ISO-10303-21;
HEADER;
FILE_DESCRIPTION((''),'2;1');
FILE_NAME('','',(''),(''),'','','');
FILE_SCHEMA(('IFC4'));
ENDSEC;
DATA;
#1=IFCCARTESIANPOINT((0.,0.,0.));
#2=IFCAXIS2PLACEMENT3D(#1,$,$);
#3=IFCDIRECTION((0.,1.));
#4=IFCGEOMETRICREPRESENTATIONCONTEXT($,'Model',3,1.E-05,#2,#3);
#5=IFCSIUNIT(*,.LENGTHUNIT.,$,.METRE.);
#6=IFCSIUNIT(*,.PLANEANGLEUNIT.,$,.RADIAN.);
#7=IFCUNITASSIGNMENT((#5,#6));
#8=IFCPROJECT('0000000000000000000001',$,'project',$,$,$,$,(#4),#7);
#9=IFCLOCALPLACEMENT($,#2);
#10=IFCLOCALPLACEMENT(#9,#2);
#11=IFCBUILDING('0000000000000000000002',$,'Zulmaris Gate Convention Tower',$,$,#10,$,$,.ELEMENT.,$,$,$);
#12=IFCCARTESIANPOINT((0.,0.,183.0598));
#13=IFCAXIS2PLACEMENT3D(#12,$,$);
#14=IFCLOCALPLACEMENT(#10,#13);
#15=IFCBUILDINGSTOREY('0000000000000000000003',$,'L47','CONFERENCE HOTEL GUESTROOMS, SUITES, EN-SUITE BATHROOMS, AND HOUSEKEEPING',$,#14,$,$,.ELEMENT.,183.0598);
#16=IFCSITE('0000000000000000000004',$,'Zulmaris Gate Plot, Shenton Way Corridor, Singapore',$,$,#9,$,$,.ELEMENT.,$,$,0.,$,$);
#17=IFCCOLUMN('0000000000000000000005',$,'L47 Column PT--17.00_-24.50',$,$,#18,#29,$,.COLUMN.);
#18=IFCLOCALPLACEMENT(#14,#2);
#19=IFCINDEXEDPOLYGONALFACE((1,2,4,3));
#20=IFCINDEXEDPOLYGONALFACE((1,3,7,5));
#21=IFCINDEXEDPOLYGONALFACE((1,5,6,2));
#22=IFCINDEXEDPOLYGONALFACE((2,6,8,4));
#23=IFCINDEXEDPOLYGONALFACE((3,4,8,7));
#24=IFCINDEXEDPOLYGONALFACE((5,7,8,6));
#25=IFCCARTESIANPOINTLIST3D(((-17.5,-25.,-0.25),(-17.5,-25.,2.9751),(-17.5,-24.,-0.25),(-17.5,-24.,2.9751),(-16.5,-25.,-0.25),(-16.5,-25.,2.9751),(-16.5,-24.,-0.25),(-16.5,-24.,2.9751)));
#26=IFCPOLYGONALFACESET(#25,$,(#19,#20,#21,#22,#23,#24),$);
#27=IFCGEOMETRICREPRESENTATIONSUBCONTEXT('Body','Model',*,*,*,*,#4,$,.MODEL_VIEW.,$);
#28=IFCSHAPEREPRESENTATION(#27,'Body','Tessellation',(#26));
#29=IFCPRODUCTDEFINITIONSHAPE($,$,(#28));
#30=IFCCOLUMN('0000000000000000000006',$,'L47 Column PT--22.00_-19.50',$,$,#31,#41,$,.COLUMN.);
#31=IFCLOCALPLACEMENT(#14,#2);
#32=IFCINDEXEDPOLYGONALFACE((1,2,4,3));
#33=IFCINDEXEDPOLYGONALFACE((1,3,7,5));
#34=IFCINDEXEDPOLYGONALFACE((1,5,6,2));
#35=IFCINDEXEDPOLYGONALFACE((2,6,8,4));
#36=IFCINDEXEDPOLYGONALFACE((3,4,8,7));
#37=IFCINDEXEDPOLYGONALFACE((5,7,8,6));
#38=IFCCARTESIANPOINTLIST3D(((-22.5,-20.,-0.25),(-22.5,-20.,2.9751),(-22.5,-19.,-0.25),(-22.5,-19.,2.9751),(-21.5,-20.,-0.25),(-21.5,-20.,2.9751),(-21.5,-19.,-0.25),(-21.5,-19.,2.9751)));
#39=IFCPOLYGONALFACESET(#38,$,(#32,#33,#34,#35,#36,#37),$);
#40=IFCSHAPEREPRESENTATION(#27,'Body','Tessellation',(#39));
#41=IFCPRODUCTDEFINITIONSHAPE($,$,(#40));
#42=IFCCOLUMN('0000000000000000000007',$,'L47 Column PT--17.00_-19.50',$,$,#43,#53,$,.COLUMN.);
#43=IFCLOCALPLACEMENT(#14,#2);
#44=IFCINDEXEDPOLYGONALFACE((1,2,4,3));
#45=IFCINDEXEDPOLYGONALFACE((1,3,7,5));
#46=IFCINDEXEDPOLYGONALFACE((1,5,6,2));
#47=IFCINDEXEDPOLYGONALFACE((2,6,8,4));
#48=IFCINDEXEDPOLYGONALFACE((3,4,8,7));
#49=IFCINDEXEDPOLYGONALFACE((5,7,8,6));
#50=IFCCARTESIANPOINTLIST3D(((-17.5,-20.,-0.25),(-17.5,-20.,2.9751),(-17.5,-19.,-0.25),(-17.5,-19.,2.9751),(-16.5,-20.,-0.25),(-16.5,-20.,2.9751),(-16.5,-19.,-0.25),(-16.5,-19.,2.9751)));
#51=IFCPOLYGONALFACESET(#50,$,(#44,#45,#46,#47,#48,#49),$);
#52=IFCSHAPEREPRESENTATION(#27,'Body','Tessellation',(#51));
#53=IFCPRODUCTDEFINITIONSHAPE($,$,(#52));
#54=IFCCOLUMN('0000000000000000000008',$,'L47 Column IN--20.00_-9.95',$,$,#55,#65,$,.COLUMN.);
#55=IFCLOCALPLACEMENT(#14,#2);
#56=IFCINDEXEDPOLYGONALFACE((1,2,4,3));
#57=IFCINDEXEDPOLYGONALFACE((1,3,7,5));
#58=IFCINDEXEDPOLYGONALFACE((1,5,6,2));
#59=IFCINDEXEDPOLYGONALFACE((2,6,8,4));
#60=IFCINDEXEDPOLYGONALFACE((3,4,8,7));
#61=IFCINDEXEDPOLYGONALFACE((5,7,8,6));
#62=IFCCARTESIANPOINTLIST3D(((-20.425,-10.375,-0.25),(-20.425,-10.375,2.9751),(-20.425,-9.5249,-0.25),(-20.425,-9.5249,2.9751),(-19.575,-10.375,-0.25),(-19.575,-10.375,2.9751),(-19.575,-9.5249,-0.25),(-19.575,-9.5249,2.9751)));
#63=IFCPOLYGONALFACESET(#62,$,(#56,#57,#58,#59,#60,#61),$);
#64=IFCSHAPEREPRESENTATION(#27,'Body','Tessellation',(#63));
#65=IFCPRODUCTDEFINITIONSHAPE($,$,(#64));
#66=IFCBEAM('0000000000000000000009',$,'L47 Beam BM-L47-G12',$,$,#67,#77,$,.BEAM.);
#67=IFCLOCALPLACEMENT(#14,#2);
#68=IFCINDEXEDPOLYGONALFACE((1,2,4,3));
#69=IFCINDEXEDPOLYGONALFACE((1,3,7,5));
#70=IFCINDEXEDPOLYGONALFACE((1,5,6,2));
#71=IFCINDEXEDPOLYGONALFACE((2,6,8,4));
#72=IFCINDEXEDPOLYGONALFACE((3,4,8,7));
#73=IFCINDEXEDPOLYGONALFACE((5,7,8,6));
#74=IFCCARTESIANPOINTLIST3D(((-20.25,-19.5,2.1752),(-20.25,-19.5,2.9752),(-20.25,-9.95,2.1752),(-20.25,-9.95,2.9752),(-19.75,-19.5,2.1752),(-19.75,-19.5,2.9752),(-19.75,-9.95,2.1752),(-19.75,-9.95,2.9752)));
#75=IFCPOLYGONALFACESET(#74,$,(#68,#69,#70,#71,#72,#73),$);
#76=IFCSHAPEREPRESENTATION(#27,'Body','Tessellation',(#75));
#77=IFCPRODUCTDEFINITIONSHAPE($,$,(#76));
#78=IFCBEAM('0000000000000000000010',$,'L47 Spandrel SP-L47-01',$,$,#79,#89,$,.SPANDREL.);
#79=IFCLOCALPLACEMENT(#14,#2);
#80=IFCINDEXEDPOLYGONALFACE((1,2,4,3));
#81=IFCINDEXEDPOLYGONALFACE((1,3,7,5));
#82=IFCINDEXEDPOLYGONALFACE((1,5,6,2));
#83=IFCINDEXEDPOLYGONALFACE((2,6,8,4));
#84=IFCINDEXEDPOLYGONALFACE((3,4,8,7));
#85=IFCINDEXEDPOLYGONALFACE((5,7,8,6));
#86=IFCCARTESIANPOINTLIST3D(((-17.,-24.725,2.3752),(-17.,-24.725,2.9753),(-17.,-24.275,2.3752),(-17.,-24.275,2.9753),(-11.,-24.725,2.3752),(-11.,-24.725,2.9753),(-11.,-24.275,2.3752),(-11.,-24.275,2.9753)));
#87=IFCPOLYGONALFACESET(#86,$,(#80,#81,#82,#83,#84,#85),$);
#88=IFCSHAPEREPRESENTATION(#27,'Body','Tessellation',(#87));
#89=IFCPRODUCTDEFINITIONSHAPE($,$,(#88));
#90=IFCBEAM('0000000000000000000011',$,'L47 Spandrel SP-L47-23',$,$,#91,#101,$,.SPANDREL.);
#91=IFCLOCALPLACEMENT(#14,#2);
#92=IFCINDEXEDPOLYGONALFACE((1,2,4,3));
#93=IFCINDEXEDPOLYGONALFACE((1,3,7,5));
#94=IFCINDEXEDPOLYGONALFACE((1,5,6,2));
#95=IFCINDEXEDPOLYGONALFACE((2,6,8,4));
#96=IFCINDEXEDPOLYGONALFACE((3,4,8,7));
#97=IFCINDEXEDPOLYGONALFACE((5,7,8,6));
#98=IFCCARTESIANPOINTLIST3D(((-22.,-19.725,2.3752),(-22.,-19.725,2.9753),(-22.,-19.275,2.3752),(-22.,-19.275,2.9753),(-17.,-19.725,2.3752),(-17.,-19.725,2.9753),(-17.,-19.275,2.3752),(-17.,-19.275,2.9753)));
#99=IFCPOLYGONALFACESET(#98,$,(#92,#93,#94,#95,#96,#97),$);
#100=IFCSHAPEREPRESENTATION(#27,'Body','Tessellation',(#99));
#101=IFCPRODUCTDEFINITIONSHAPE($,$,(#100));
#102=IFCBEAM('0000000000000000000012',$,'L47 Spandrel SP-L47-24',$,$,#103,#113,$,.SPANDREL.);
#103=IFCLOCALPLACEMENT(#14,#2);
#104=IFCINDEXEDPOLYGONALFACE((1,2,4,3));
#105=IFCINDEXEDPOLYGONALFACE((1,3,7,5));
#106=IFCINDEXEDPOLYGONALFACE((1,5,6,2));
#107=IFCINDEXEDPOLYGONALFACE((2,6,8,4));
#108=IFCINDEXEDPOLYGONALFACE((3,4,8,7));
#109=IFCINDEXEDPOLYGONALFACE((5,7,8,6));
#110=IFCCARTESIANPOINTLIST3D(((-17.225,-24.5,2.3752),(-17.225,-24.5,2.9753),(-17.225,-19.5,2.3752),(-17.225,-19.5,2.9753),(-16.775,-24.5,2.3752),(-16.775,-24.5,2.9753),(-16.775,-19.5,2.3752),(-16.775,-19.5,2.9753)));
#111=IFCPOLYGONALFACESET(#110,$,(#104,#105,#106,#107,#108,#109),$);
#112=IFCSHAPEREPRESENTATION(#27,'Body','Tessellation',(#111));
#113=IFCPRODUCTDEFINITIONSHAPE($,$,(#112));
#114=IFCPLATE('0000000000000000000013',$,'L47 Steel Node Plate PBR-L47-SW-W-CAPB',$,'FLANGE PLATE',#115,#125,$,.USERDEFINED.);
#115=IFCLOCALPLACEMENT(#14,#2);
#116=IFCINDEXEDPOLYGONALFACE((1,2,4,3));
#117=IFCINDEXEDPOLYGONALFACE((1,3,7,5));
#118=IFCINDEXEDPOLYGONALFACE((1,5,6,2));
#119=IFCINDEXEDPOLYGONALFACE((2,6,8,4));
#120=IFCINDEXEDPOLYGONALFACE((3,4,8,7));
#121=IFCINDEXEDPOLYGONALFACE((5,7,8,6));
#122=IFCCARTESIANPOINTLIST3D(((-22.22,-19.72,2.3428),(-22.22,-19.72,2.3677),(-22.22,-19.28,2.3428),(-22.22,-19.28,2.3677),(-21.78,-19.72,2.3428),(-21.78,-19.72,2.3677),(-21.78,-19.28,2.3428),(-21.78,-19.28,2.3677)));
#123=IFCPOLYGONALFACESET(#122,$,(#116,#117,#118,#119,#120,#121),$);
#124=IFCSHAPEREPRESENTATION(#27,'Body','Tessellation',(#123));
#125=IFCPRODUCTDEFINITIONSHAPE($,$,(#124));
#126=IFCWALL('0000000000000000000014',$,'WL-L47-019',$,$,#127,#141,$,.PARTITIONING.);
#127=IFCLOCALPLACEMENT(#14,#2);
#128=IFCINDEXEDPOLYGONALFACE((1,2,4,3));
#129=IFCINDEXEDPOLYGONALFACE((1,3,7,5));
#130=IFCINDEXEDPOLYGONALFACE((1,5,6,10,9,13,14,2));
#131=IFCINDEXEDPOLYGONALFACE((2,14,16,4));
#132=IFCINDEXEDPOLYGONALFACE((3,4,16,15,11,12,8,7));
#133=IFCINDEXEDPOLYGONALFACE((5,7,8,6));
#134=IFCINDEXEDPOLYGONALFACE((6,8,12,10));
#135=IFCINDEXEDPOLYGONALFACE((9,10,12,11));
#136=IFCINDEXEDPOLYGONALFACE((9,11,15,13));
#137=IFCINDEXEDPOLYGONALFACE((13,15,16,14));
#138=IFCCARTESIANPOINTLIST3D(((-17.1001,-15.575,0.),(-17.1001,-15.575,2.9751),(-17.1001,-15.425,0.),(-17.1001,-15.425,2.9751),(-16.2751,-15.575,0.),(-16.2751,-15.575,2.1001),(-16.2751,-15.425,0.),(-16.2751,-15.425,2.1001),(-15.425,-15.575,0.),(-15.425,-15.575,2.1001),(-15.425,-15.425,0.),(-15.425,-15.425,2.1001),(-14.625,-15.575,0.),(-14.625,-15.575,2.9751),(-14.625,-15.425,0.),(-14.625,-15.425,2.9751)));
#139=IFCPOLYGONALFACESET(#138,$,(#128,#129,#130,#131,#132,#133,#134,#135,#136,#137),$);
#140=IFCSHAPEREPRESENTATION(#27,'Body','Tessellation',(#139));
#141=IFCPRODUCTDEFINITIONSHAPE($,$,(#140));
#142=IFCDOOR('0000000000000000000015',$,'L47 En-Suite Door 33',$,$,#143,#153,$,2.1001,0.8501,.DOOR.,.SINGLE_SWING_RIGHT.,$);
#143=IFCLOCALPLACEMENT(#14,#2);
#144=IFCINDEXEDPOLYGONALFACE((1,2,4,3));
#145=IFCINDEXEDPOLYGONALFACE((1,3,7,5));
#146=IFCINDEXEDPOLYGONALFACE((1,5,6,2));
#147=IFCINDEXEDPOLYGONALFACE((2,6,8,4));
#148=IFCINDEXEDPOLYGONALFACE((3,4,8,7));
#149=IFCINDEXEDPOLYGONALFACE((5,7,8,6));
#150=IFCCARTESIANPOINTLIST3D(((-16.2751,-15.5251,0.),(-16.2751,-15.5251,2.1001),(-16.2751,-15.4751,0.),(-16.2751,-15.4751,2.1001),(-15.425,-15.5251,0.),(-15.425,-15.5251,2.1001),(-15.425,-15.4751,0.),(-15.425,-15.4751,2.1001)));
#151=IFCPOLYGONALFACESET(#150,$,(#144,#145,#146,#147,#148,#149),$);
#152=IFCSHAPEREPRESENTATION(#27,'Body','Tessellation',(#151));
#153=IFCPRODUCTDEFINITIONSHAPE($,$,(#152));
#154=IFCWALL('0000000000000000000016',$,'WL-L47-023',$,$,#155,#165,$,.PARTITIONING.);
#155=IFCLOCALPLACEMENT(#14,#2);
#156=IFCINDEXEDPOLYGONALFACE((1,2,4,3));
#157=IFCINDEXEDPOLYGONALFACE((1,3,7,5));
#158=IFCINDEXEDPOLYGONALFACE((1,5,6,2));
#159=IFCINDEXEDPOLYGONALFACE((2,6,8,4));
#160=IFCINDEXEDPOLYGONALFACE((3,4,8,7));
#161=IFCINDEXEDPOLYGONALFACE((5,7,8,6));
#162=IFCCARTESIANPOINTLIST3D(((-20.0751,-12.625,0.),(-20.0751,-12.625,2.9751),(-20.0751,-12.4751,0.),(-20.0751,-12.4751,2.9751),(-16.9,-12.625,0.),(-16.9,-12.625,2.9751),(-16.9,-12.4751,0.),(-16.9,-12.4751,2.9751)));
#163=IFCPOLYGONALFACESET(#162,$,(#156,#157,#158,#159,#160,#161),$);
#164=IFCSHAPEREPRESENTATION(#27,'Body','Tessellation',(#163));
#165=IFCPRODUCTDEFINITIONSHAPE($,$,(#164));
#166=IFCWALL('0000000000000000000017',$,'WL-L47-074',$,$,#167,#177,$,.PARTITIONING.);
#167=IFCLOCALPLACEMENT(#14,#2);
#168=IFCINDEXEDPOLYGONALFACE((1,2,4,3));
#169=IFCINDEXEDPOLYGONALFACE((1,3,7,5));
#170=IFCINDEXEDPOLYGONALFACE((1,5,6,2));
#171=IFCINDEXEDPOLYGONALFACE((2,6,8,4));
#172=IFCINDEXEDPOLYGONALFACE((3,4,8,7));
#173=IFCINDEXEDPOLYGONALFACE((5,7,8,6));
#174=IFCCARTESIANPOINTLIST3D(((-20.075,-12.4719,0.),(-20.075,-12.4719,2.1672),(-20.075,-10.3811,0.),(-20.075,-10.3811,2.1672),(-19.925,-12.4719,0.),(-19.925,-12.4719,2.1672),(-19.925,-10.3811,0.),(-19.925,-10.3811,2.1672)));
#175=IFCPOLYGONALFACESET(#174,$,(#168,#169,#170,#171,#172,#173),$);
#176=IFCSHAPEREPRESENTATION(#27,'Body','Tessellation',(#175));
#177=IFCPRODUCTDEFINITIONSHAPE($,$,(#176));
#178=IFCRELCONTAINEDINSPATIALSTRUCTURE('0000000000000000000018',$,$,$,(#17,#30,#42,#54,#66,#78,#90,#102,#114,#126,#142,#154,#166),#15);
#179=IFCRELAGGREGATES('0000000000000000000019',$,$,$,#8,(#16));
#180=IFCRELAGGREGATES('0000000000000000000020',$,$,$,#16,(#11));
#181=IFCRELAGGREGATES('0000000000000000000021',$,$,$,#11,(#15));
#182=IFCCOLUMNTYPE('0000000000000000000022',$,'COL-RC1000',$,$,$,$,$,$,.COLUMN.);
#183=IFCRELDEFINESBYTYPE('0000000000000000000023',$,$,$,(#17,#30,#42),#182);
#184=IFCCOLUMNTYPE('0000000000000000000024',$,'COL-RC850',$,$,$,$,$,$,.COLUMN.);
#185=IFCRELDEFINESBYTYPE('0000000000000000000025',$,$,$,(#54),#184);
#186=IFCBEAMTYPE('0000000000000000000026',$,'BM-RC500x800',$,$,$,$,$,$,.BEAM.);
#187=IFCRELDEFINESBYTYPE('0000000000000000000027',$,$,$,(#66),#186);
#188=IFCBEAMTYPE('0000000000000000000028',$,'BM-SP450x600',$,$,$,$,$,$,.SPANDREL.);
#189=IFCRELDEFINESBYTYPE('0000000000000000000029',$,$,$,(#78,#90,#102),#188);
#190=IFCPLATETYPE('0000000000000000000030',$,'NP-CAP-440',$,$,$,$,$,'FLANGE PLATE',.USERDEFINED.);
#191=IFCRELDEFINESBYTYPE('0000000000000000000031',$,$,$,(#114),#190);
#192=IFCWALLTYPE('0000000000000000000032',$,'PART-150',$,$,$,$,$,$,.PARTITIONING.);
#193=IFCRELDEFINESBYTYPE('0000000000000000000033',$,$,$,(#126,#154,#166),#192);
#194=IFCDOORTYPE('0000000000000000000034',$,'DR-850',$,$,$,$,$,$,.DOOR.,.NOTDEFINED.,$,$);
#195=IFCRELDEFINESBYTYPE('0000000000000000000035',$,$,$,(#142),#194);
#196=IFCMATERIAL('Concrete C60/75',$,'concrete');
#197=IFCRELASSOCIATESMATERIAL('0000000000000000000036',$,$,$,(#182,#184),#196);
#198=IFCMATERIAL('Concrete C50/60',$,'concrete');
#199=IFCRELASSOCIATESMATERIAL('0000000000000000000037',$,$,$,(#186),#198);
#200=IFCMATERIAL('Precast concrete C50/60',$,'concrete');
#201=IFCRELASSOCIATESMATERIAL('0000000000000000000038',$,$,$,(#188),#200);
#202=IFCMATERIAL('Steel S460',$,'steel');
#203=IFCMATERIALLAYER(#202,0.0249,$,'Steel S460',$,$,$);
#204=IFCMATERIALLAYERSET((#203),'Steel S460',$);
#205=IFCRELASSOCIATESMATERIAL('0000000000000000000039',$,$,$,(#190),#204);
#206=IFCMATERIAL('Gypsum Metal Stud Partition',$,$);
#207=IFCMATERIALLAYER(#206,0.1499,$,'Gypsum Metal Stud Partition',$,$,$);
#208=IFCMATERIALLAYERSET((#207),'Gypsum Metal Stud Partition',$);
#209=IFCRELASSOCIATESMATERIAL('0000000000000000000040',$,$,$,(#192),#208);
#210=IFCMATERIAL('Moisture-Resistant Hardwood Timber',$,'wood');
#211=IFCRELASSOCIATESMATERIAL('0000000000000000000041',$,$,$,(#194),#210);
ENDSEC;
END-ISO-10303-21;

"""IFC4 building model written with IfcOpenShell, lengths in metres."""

from ifc_helpers import new_model, si_unit, direction, frame, frame_2d, origin, origin_2d, place, context, subcontext, project, spatial, rectangle, extrude, material, layer, layer_set, material_profile, profile_set, type_object, element, fill, save


model = new_model("IFC4")

# Units and contexts
model_context = context("Model", 3, precision=1e-05, world=origin(), true_north=direction((0.0, 1.0)))
body_context = subcontext(model_context, "Body", "Model", "MODEL_VIEW")
ifc_project = project(units=[si_unit("LENGTHUNIT", "METRE"), si_unit("PLANEANGLEUNIT", "RADIAN")], contexts=[model_context])

# Site, building, storey
site_placement = place(None, origin())
site = spatial("IfcSite", under=ifc_project, at=site_placement, Name="Zulmaris Gate Plot, Shenton Way Corridor, Singapore", CompositionType="ELEMENT", RefElevation=0.0)
building_placement = place(site_placement, origin())
building = spatial("IfcBuilding", under=site, at=building_placement, Name="Zulmaris Gate Convention Tower", CompositionType="ELEMENT")
storey_placement = place(building_placement, frame((0.0, 0.0, 183.0598)))
storey = spatial("IfcBuildingStorey", under=building, at=storey_placement, Name="L47", Description="CONFERENCE HOTEL GUESTROOMS, SUITES, EN-SUITE BATHROOMS, AND HOUSEKEEPING", CompositionType="ELEMENT", Elevation=183.0598)

# Columns
ifc_material_1 = material(Name="Concrete C60/75", Category="concrete")
ifc_material_profile_1 = material_profile(ifc_material_1, rectangle(XDim=1.0, YDim=1.0, at=origin_2d()), Name="RC COL 1000x1000")
ifc_profile_set_1 = profile_set([ifc_material_profile_1], Name="Concrete C60/75")
column_type_1 = type_object("IfcColumnType", Name="COL-RC1000", PredefinedType="COLUMN", material=ifc_profile_set_1)
for number, where, z_axis, x_axis, name in (
    (1, (-17.0, -24.5, -0.25), (0.0, 0.0, 1.0), (1.0, 0.0, 0.0), "L47 Column PT--17.00_-24.50"),
    (2, (-22.0, -19.5, -0.25), (0.0, 0.0, 1.0), (1.0, 0.0, 0.0), "L47 Column PT--22.00_-19.50"),
    (3, (-17.0, -19.5, -0.25), (0.0, 0.0, 1.0), (1.0, 0.0, 0.0), "L47 Column PT--17.00_-19.50"),
):
    element("IfcColumn", number, at=place(storey_placement, frame(where, z_axis=z_axis, x_axis=x_axis)), inside=storey, type_object=column_type_1, Name=name, PredefinedType="COLUMN", context=body_context, shape_type="SweptSolid", body=[
        extrude(rectangle(XDim=1.0, YDim=1.0, at=origin_2d()), origin(), (0.0, 0.0, 1.0), 3.2251),
    ])
ifc_material_profile_2 = material_profile(ifc_material_1, rectangle(XDim=0.8501, YDim=0.8501, at=origin_2d()), Name="RC COL 850x850")
ifc_profile_set_2 = profile_set([ifc_material_profile_2], Name="Concrete C60/75")
column_type_2 = type_object("IfcColumnType", Name="COL-RC850", PredefinedType="COLUMN", material=ifc_profile_set_2)
column_placement = place(storey_placement, frame((-20.0, -9.95, -0.25), z_axis=(0.0, 0.0, 1.0), x_axis=(1.0, 0.0, 0.0)))
element("IfcColumn", 4, at=column_placement, inside=storey, type_object=column_type_2, Name="L47 Column IN--20.00_-9.95", PredefinedType="COLUMN", context=body_context, shape_type="SweptSolid", body=[
    extrude(rectangle(XDim=0.8501, YDim=0.8501, at=origin_2d()), origin(), (0.0, 0.0, 1.0), 3.2251),
])

# Beams
ifc_material_2 = material(Name="Concrete C50/60", Category="concrete")
ifc_material_profile_3 = material_profile(ifc_material_2, rectangle(XDim=0.5, YDim=0.8, at=origin_2d()), Name="RC BEAM 500x800")
ifc_profile_set_3 = profile_set([ifc_material_profile_3], Name="Concrete C50/60")
beam_type_1 = type_object("IfcBeamType", Name="BM-RC500x800", PredefinedType="BEAM", material=ifc_profile_set_3)
beam_1_placement = place(storey_placement, frame((-20.0, -19.5, 2.5752), z_axis=(0.0, 1.0, 0.0), x_axis=(-1.0, 0.0, 0.0)))
element("IfcBeam", 5, at=beam_1_placement, inside=storey, type_object=beam_type_1, Name="L47 Beam BM-L47-G12", PredefinedType="BEAM", context=body_context, shape_type="SweptSolid", body=[
    extrude(rectangle(XDim=0.5, YDim=0.8, at=origin_2d()), origin(), (0.0, 0.0, 1.0), 9.55),
])
ifc_material_3 = material(Name="Precast concrete C50/60", Category="concrete")
ifc_material_profile_4 = material_profile(ifc_material_3, rectangle(XDim=0.45, YDim=0.6001, at=origin_2d()), Name="RC SPANDREL 450x600")
ifc_profile_set_4 = profile_set([ifc_material_profile_4], Name="Precast concrete C50/60")
beam_type_2 = type_object("IfcBeamType", Name="BM-SP450x600", PredefinedType="SPANDREL", material=ifc_profile_set_4)
beam_2_placement = place(storey_placement, frame((-17.0, -24.5, 2.6753), z_axis=(1.0, 0.0, 0.0), x_axis=(0.0, 1.0, 0.0)))
element("IfcBeam", 6, at=beam_2_placement, inside=storey, type_object=beam_type_2, Name="L47 Spandrel SP-L47-01", PredefinedType="SPANDREL", context=body_context, shape_type="SweptSolid", body=[
    extrude(rectangle(XDim=0.45, YDim=0.6001, at=origin_2d()), origin(), (0.0, 0.0, 1.0), 6.0),
])
for number, where, z_axis, x_axis, name in (
    (7, (-22.0, -19.5, 2.6753), (1.0, 0.0, 0.0), (0.0, 1.0, 0.0), "L47 Spandrel SP-L47-23"),
    (8, (-17.0, -19.5, 2.6753), (0.0, -1.0, 0.0), (1.0, 0.0, 0.0), "L47 Spandrel SP-L47-24"),
):
    element("IfcBeam", number, at=place(storey_placement, frame(where, z_axis=z_axis, x_axis=x_axis)), inside=storey, type_object=beam_type_2, Name=name, PredefinedType="SPANDREL", context=body_context, shape_type="SweptSolid", body=[
        extrude(rectangle(XDim=0.45, YDim=0.6001, at=origin_2d()), origin(), (0.0, 0.0, 1.0), 5.0),
    ])

# Plate
ifc_material_4 = material(Name="Steel S460", Category="steel")
ifc_layer_1 = layer(ifc_material_4, 0.0249, Name="Steel S460")
ifc_layer_set_1 = layer_set([ifc_layer_1], Name="Steel S460")
plate_type = type_object("IfcPlateType", Name="NP-CAP-440", ElementType="FLANGE PLATE", PredefinedType="USERDEFINED", material=ifc_layer_set_1)
plate_placement = place(storey_placement, frame((-22.0, -19.5, 2.3428), z_axis=(0.0, 0.0, 1.0), x_axis=(1.0, 0.0, 0.0)))
element("IfcPlate", 9, at=plate_placement, inside=storey, type_object=plate_type, Name="L47 Steel Node Plate PBR-L47-SW-W-CAPB", ObjectType="FLANGE PLATE", PredefinedType="USERDEFINED", context=body_context, shape_type="SweptSolid", body=[
    extrude(rectangle(XDim=0.4399, YDim=0.4399, at=origin_2d()), origin(), (0.0, 0.0, 1.0), 0.0249),
])

# Wall, opening, door
ifc_material_5 = material(Name="Gypsum Metal Stud Partition")
ifc_layer_2 = layer(ifc_material_5, 0.1499, Name="Gypsum Metal Stud Partition")
ifc_layer_set_2 = layer_set([ifc_layer_2], Name="Gypsum Metal Stud Partition")
wall_type_1 = type_object("IfcWallType", Name="PART-150", PredefinedType="PARTITIONING", material=ifc_layer_set_2)
wall_1_placement = place(storey_placement, frame((-17.1001, -15.5, 0.0), z_axis=(0.0, 0.0, 1.0), x_axis=(1.0, 0.0, 0.0)))
wall_1 = element("IfcWall", 10, at=wall_1_placement, inside=storey, type_object=wall_type_1, Name="WL-L47-019", PredefinedType="PARTITIONING", context=body_context, shape_type="SweptSolid", body=[
    extrude(rectangle(XDim=2.4751, YDim=0.1499, at=frame_2d((1.2375, 0.0))), origin(), (0.0, 0.0, 1.0), 2.9751),
])
opening_1_placement = place(wall_1_placement, frame((0.825, 0.0, 0.0)))
opening_1 = element("IfcOpeningElement", 11, at=opening_1_placement, cuts=wall_1, PredefinedType="OPENING", context=body_context, shape_type="SweptSolid", body=[
    extrude(rectangle(XDim=0.8501, YDim=2.1001, at=frame_2d((0.425, 1.05))), frame((0.0, 0.085, 0.0), z_axis=(0.0, -1.0, 0.0), x_axis=(1.0, 0.0, 0.0)), (0.0, 0.0, 1.0), 0.1699),
])
ifc_material_6 = material(Name="Moisture-Resistant Hardwood Timber", Category="wood")
door_type_1 = type_object("IfcDoorType", Name="DR-850", OperationType="NOTDEFINED", PredefinedType="DOOR", material=ifc_material_6)
door_1_placement = place(opening_1_placement, origin())
door_1 = element("IfcDoor", 12, at=door_1_placement, inside=storey, type_object=door_type_1, Name="L47 En-Suite Door 33", OperationType="SINGLE_SWING_RIGHT", OverallHeight=2.1001, OverallWidth=0.8501, PredefinedType="DOOR", context=body_context, shape_type="SweptSolid", body=[
    extrude(rectangle(XDim=0.8501, YDim=2.1001, at=frame_2d((0.425, 1.05))), frame((0.0, 0.0249, 0.0), z_axis=(0.0, -1.0, 0.0), x_axis=(1.0, 0.0, 0.0)), (0.0, 0.0, 1.0), 0.05),
])
fill(opening_1, door_1)

# Walls
wall_2_placement = place(storey_placement, frame((-20.075, -12.55, 0.0), z_axis=(0.0, 0.0, 1.0), x_axis=(1.0, 0.0, 0.0)))
element("IfcWall", 13, at=wall_2_placement, inside=storey, type_object=wall_type_1, Name="WL-L47-023", PredefinedType="PARTITIONING", context=body_context, shape_type="SweptSolid", body=[
    extrude(rectangle(XDim=3.175, YDim=0.1499, at=frame_2d((1.5874, 0.0))), origin(), (0.0, 0.0, 1.0), 2.9751),
])
wall_3_placement = place(storey_placement, frame((-20.0, -12.4719, 0.0), z_axis=(0.0, 0.0, 1.0), x_axis=(0.0, 1.0, 0.0)))
element("IfcWall", 14, at=wall_3_placement, inside=storey, type_object=wall_type_1, Name="WL-L47-074", PredefinedType="PARTITIONING", context=body_context, shape_type="SweptSolid", body=[
    extrude(rectangle(XDim=2.0908, YDim=0.1499, at=frame_2d((1.0454, 0.0))), origin(), (0.0, 0.0, 1.0), 2.1672),
])

save(model, "model.ifc")
